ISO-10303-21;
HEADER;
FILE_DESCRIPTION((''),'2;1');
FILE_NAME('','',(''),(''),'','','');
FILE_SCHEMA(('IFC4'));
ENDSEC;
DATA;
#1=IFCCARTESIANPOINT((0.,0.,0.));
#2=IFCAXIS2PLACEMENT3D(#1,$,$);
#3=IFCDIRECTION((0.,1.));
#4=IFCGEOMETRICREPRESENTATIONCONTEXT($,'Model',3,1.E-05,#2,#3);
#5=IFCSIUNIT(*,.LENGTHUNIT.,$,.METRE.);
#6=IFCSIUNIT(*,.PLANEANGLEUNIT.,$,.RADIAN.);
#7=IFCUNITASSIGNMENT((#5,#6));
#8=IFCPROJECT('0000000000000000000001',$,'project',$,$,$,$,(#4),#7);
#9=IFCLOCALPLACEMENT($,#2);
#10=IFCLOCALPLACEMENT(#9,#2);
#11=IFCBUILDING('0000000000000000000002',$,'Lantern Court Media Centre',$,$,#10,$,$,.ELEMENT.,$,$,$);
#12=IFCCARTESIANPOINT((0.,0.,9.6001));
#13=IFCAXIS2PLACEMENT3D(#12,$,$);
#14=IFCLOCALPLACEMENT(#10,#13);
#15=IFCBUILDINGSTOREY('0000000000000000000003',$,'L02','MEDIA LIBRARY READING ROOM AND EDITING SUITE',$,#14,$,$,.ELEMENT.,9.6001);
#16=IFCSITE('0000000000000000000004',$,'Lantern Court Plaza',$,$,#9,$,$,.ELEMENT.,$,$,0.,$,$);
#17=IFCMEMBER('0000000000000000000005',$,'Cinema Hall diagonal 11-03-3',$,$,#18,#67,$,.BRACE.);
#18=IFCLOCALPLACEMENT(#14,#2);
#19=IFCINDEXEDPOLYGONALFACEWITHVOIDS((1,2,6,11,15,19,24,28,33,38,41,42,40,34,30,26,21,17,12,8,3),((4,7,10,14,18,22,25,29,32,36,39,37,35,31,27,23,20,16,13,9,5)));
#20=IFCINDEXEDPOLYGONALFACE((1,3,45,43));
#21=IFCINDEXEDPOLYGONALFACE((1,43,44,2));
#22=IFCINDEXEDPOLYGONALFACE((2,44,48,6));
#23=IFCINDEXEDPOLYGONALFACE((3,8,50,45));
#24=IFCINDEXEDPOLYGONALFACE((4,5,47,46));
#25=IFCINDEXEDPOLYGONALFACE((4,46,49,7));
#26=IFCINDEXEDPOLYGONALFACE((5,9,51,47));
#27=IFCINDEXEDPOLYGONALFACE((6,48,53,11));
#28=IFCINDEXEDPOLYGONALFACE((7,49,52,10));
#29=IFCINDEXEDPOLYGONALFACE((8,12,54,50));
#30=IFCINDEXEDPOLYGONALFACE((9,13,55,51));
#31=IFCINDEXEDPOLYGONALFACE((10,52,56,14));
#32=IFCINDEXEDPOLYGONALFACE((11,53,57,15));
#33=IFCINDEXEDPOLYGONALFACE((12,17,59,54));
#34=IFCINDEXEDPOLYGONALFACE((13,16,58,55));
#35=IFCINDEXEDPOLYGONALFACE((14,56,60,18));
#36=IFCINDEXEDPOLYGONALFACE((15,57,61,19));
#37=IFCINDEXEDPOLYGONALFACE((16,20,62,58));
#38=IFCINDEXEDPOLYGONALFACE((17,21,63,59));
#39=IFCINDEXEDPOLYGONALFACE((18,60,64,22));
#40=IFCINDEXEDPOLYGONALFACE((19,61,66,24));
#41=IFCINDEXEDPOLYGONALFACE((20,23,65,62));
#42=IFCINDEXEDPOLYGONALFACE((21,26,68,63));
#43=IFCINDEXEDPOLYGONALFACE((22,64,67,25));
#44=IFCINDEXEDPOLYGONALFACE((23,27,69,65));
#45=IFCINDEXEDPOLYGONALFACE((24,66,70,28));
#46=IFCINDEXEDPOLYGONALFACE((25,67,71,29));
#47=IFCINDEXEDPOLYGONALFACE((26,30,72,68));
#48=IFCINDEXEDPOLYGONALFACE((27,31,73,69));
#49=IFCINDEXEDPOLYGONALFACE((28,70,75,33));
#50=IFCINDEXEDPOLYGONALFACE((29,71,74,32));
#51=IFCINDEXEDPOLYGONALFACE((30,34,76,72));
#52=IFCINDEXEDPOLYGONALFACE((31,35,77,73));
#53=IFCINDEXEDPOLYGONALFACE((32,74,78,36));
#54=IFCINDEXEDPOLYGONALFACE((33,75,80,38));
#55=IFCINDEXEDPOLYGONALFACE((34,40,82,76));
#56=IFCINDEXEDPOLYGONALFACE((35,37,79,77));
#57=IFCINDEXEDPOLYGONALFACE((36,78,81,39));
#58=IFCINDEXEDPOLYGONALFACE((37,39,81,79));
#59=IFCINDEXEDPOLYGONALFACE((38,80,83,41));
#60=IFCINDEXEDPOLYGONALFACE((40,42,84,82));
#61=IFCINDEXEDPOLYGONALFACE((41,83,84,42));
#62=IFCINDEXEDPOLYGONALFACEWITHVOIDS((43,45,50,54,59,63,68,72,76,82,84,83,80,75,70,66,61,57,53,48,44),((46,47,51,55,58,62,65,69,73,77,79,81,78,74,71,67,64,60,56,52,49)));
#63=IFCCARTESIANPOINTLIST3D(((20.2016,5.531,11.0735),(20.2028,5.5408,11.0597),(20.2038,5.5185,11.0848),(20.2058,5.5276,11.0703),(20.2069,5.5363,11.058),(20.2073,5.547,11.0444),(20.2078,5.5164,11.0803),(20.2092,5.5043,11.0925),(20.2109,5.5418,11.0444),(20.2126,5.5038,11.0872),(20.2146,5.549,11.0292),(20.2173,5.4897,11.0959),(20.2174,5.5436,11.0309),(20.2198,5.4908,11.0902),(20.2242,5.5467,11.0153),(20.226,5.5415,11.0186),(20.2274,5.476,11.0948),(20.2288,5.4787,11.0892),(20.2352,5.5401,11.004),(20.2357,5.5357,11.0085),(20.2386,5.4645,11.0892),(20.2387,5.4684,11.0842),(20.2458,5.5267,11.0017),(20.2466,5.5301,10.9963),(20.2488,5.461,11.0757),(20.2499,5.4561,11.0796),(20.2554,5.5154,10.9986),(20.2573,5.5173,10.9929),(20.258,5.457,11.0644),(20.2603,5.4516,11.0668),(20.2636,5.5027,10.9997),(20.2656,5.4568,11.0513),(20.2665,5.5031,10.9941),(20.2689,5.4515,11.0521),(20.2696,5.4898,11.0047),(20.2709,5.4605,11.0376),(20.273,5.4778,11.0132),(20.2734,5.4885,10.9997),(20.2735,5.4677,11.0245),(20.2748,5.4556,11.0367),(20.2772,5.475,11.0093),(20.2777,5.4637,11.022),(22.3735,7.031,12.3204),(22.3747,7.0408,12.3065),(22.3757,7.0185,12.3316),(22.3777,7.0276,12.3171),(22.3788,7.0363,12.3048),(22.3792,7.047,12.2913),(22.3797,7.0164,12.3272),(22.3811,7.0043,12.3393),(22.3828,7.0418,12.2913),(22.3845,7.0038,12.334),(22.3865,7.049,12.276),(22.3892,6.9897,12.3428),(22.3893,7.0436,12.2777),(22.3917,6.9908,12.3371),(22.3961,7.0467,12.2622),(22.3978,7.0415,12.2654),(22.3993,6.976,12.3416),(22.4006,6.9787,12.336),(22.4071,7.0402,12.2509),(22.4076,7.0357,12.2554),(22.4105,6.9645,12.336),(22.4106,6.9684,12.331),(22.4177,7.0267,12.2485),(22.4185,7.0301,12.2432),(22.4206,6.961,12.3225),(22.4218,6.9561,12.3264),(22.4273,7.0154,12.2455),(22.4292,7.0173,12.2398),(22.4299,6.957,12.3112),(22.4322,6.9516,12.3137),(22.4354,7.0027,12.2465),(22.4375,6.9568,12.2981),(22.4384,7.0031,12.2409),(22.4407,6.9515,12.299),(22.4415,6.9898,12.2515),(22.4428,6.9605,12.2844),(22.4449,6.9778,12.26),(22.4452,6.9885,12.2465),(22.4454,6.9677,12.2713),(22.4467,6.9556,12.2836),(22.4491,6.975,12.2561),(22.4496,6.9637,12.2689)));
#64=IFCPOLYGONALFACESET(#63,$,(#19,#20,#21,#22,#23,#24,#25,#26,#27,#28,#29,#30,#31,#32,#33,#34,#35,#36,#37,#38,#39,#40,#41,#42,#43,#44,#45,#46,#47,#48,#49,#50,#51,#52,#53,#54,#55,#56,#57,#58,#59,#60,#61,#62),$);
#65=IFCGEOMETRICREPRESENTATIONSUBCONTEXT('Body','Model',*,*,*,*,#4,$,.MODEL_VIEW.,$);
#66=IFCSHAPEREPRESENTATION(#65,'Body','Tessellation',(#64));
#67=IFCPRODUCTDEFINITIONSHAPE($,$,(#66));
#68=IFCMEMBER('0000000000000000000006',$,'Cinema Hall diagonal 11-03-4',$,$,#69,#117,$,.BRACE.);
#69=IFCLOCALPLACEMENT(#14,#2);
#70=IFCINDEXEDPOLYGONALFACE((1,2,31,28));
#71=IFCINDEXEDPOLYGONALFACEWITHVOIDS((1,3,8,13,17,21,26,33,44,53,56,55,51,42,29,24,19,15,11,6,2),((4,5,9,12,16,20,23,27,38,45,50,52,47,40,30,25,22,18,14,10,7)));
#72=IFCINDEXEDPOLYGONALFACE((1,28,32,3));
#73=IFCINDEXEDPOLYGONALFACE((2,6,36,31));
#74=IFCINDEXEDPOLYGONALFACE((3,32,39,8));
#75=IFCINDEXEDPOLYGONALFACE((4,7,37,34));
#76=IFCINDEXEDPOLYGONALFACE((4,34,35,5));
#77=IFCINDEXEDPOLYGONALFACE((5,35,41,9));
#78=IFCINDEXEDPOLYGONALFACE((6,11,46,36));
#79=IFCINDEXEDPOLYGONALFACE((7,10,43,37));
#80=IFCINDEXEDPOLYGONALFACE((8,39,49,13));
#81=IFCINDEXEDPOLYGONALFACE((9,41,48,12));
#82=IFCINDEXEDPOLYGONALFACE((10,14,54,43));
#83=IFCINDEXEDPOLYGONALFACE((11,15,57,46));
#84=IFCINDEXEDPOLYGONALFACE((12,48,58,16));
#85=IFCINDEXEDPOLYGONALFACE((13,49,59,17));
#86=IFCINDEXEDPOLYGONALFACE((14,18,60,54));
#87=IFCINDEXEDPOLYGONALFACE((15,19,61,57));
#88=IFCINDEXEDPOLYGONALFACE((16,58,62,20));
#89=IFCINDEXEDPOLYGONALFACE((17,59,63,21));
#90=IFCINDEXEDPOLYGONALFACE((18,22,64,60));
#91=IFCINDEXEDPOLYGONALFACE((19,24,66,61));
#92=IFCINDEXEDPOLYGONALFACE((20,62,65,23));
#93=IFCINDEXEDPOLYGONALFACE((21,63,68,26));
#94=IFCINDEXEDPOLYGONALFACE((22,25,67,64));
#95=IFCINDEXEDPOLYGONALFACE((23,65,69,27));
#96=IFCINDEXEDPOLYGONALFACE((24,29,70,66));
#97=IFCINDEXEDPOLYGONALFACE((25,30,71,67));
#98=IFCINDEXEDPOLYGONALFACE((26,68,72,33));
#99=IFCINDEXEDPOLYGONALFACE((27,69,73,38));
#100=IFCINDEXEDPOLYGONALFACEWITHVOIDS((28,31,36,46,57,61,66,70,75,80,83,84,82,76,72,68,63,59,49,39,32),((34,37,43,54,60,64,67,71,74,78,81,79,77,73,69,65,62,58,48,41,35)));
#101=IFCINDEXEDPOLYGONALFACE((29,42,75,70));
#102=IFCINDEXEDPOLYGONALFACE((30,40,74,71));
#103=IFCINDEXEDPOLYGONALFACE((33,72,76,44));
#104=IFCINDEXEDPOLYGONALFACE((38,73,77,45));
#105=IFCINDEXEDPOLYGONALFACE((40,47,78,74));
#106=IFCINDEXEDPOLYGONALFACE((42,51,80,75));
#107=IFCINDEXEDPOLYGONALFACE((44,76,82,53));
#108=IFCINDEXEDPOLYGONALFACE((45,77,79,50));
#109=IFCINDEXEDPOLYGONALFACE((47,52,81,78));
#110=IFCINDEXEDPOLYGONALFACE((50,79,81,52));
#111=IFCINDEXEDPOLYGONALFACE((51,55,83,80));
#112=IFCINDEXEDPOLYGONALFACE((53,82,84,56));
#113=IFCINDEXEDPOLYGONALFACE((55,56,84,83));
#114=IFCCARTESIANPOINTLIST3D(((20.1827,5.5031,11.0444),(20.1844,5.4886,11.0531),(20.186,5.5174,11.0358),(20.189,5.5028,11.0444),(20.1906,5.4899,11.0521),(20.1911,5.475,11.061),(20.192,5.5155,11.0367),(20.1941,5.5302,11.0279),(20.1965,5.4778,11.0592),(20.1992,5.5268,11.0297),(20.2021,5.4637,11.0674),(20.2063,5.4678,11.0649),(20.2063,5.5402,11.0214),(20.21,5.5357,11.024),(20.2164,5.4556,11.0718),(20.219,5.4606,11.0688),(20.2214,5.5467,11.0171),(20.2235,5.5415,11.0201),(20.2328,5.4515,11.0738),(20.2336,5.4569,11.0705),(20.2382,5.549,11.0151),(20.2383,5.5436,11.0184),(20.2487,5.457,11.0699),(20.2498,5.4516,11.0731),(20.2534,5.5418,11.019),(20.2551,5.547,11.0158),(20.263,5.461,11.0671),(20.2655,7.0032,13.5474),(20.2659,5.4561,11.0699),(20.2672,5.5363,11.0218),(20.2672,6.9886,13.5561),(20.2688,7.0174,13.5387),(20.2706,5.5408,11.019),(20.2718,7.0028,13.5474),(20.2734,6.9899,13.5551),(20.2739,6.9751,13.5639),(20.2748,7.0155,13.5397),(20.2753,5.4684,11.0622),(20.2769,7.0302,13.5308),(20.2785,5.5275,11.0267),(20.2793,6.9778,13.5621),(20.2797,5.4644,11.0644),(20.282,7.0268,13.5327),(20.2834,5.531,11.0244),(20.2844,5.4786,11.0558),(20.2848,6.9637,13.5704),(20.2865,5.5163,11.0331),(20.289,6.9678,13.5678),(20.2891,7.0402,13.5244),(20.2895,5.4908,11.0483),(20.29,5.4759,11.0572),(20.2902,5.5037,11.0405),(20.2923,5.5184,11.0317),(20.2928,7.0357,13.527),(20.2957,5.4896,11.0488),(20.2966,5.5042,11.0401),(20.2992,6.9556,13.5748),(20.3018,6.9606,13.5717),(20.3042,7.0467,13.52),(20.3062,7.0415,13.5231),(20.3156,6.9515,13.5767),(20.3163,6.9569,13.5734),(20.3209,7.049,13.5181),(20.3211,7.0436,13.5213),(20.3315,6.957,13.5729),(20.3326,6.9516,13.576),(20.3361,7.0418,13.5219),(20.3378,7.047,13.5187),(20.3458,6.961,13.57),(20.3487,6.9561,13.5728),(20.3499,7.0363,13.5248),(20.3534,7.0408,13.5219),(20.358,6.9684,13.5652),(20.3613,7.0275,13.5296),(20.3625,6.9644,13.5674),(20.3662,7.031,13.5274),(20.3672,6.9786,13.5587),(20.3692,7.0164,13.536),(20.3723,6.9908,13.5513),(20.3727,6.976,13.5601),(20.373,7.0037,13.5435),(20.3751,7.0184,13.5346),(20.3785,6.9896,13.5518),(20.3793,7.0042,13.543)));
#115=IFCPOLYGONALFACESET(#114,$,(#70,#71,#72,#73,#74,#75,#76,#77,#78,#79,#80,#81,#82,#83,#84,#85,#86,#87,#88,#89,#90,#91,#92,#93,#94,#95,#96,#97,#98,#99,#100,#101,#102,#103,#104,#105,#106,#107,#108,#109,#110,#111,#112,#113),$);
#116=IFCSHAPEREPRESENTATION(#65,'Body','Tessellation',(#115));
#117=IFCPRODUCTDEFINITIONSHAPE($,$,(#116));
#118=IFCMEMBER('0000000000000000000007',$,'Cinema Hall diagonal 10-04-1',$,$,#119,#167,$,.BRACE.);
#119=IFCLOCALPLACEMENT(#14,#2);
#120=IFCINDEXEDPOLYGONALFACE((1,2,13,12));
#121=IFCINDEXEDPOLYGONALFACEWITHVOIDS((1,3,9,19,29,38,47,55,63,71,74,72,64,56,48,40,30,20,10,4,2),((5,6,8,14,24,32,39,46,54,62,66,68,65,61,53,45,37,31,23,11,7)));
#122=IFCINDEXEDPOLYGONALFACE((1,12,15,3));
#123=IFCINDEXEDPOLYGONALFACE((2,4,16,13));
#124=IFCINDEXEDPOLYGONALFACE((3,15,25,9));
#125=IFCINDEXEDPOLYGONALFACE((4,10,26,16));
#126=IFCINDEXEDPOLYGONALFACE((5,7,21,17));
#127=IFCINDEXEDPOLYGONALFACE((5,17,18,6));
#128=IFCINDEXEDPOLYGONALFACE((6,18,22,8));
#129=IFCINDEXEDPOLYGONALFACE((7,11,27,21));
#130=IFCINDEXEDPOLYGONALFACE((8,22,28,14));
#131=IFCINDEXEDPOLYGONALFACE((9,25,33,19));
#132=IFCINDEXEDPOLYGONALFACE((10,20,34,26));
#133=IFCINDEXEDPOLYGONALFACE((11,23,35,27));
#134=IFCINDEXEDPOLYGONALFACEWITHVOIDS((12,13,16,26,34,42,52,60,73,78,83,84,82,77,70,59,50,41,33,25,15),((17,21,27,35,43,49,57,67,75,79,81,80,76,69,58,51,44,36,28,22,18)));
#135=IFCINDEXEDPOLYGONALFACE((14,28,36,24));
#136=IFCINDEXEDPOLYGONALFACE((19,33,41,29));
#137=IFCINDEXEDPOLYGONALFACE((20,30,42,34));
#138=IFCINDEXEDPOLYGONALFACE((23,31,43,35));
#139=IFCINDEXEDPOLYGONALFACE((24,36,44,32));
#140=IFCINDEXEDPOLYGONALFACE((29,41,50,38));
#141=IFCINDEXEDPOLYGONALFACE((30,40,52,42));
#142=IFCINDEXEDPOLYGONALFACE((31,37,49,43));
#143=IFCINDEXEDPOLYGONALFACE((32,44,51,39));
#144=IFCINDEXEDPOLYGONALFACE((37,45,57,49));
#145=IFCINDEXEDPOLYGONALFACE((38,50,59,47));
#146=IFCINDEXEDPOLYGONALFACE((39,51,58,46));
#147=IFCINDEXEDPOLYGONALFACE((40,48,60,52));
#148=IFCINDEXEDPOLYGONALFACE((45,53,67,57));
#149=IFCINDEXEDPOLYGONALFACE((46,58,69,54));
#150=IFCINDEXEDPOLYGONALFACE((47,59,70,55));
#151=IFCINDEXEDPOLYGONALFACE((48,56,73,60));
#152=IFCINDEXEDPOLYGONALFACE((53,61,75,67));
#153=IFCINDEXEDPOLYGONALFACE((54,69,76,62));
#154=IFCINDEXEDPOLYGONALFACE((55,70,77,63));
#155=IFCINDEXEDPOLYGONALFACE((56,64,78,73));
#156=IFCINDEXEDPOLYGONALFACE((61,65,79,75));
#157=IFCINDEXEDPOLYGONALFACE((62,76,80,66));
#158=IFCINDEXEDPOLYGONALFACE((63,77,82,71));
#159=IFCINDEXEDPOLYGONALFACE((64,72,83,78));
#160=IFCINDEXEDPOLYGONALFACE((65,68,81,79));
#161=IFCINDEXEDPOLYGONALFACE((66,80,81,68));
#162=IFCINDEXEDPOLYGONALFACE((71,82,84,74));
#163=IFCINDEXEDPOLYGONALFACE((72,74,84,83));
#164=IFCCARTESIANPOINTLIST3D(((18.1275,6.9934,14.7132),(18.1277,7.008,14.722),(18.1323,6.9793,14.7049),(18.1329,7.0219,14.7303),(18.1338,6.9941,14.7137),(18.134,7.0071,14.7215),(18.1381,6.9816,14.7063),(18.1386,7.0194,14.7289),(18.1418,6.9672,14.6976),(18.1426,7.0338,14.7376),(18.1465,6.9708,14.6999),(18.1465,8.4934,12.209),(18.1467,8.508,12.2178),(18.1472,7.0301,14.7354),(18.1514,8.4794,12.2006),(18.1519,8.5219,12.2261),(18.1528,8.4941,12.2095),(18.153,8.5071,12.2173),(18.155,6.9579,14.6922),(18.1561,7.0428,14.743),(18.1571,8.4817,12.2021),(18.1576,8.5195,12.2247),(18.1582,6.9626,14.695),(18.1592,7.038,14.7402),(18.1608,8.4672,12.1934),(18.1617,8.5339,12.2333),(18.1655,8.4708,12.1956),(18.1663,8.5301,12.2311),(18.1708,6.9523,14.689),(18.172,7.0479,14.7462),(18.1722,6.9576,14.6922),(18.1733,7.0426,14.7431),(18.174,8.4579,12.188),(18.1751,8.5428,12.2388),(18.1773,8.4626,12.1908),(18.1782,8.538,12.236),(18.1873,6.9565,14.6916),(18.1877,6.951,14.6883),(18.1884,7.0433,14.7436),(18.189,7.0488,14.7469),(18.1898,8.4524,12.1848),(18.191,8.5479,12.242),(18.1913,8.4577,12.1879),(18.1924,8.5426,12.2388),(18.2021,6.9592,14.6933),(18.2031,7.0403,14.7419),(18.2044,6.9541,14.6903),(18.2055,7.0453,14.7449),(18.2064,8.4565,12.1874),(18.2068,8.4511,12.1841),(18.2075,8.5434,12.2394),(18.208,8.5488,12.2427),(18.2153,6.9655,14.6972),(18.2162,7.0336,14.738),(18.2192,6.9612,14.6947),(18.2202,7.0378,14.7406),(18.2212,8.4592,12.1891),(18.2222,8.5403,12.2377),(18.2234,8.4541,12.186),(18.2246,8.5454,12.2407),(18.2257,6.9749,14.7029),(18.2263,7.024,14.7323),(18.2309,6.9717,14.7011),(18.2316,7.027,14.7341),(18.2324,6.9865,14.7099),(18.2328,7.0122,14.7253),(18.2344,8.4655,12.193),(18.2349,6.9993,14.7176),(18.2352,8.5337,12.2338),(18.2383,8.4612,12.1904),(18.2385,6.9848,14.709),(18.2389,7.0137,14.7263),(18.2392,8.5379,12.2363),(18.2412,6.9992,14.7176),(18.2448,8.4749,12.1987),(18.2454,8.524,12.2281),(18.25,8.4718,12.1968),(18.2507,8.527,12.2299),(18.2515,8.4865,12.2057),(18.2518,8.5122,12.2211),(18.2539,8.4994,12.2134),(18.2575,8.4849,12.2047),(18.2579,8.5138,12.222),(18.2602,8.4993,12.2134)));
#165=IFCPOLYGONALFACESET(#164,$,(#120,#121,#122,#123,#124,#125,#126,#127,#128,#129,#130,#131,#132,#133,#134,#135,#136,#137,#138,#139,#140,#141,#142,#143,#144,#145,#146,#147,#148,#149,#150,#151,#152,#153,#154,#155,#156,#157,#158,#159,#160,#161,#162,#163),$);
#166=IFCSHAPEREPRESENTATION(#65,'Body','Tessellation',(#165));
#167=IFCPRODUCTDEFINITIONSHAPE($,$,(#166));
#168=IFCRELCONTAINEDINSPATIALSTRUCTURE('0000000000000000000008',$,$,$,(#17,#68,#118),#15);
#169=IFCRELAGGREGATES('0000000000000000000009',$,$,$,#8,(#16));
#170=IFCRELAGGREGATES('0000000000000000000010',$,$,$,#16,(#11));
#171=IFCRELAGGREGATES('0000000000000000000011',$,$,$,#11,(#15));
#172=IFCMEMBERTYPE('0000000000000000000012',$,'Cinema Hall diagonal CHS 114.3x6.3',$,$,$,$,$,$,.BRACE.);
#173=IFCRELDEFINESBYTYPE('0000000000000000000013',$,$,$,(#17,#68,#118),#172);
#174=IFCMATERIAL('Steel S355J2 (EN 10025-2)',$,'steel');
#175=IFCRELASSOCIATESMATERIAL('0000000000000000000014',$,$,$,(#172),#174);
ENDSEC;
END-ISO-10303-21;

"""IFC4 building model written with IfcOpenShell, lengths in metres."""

from ifc_helpers import new_model, si_unit, direction, frame, origin, origin_2d, place, context, subcontext, project, spatial, hollow_circle, extrude, material, material_profile, profile_set, type_object, element, save


model = new_model("IFC4")

# Units and contexts
model_context = context("Model", 3, precision=1e-05, world=origin(), true_north=direction((0.0, 1.0)))
body_context = subcontext(model_context, "Body", "Model", "MODEL_VIEW")
ifc_project = project(units=[si_unit("LENGTHUNIT", "METRE"), si_unit("PLANEANGLEUNIT", "RADIAN")], contexts=[model_context])

# Site, building, storey
site_placement = place(None, origin())
site = spatial("IfcSite", under=ifc_project, at=site_placement, Name="Lantern Court Plaza", CompositionType="ELEMENT", RefElevation=0.0)
building_placement = place(site_placement, origin())
building = spatial("IfcBuilding", under=site, at=building_placement, Name="Lantern Court Media Centre", CompositionType="ELEMENT")
storey_placement = place(building_placement, frame((0.0, 0.0, 9.6001)))
storey = spatial("IfcBuildingStorey", under=building, at=storey_placement, Name="L02", Description="MEDIA LIBRARY READING ROOM AND EDITING SUITE", CompositionType="ELEMENT", Elevation=9.6001)

# Members
ifc_material = material(Name="Steel S355J2 (EN 10025-2)", Category="steel")
ifc_material_profile_1 = material_profile(ifc_material, hollow_circle(Radius=0.0571, WallThickness=0.0063, at=origin_2d()), Name="Cinema Hall diagonal CHS 114.3x6.3")
ifc_profile_set_1 = profile_set([ifc_material_profile_1], Name="Steel S355J2 (EN 10025-2)")
member_type_1 = type_object("IfcMemberType", Name="Cinema Hall diagonal CHS 114.3x6.3", PredefinedType="BRACE", material=ifc_profile_set_1)
for number, where, z_axis, x_axis, name in (
    (1, (20.2397, 5.5, 11.0444), (0.744002, 0.513843, 0.427115), (-0.568286, 0.822831, 0.0), "Cinema Hall diagonal 11-03-3"),
    (2, (20.2397, 5.5, 11.0444), (0.028352, 0.513846, 0.857414), (-0.998481, 0.055092, 0.0), "Cinema Hall diagonal 11-03-4"),
    (3, (18.2031, 8.5, 12.2134), (-0.006524, -0.513857, 0.857851), (0.999919, -0.012694, 0.0), "Cinema Hall diagonal 10-04-1"),
):
    element("IfcMember", number, at=place(storey_placement, frame(where, z_axis=z_axis, x_axis=x_axis)), inside=storey, type_object=member_type_1, Name=name, PredefinedType="BRACE", context=body_context, shape_type="SweptSolid", body=[
        extrude(hollow_circle(Radius=0.0571, WallThickness=0.0063, at=origin_2d()), origin(), (0.0, 0.0, 1.0), 2.9192),
    ])

save(model, "model.ifc")
